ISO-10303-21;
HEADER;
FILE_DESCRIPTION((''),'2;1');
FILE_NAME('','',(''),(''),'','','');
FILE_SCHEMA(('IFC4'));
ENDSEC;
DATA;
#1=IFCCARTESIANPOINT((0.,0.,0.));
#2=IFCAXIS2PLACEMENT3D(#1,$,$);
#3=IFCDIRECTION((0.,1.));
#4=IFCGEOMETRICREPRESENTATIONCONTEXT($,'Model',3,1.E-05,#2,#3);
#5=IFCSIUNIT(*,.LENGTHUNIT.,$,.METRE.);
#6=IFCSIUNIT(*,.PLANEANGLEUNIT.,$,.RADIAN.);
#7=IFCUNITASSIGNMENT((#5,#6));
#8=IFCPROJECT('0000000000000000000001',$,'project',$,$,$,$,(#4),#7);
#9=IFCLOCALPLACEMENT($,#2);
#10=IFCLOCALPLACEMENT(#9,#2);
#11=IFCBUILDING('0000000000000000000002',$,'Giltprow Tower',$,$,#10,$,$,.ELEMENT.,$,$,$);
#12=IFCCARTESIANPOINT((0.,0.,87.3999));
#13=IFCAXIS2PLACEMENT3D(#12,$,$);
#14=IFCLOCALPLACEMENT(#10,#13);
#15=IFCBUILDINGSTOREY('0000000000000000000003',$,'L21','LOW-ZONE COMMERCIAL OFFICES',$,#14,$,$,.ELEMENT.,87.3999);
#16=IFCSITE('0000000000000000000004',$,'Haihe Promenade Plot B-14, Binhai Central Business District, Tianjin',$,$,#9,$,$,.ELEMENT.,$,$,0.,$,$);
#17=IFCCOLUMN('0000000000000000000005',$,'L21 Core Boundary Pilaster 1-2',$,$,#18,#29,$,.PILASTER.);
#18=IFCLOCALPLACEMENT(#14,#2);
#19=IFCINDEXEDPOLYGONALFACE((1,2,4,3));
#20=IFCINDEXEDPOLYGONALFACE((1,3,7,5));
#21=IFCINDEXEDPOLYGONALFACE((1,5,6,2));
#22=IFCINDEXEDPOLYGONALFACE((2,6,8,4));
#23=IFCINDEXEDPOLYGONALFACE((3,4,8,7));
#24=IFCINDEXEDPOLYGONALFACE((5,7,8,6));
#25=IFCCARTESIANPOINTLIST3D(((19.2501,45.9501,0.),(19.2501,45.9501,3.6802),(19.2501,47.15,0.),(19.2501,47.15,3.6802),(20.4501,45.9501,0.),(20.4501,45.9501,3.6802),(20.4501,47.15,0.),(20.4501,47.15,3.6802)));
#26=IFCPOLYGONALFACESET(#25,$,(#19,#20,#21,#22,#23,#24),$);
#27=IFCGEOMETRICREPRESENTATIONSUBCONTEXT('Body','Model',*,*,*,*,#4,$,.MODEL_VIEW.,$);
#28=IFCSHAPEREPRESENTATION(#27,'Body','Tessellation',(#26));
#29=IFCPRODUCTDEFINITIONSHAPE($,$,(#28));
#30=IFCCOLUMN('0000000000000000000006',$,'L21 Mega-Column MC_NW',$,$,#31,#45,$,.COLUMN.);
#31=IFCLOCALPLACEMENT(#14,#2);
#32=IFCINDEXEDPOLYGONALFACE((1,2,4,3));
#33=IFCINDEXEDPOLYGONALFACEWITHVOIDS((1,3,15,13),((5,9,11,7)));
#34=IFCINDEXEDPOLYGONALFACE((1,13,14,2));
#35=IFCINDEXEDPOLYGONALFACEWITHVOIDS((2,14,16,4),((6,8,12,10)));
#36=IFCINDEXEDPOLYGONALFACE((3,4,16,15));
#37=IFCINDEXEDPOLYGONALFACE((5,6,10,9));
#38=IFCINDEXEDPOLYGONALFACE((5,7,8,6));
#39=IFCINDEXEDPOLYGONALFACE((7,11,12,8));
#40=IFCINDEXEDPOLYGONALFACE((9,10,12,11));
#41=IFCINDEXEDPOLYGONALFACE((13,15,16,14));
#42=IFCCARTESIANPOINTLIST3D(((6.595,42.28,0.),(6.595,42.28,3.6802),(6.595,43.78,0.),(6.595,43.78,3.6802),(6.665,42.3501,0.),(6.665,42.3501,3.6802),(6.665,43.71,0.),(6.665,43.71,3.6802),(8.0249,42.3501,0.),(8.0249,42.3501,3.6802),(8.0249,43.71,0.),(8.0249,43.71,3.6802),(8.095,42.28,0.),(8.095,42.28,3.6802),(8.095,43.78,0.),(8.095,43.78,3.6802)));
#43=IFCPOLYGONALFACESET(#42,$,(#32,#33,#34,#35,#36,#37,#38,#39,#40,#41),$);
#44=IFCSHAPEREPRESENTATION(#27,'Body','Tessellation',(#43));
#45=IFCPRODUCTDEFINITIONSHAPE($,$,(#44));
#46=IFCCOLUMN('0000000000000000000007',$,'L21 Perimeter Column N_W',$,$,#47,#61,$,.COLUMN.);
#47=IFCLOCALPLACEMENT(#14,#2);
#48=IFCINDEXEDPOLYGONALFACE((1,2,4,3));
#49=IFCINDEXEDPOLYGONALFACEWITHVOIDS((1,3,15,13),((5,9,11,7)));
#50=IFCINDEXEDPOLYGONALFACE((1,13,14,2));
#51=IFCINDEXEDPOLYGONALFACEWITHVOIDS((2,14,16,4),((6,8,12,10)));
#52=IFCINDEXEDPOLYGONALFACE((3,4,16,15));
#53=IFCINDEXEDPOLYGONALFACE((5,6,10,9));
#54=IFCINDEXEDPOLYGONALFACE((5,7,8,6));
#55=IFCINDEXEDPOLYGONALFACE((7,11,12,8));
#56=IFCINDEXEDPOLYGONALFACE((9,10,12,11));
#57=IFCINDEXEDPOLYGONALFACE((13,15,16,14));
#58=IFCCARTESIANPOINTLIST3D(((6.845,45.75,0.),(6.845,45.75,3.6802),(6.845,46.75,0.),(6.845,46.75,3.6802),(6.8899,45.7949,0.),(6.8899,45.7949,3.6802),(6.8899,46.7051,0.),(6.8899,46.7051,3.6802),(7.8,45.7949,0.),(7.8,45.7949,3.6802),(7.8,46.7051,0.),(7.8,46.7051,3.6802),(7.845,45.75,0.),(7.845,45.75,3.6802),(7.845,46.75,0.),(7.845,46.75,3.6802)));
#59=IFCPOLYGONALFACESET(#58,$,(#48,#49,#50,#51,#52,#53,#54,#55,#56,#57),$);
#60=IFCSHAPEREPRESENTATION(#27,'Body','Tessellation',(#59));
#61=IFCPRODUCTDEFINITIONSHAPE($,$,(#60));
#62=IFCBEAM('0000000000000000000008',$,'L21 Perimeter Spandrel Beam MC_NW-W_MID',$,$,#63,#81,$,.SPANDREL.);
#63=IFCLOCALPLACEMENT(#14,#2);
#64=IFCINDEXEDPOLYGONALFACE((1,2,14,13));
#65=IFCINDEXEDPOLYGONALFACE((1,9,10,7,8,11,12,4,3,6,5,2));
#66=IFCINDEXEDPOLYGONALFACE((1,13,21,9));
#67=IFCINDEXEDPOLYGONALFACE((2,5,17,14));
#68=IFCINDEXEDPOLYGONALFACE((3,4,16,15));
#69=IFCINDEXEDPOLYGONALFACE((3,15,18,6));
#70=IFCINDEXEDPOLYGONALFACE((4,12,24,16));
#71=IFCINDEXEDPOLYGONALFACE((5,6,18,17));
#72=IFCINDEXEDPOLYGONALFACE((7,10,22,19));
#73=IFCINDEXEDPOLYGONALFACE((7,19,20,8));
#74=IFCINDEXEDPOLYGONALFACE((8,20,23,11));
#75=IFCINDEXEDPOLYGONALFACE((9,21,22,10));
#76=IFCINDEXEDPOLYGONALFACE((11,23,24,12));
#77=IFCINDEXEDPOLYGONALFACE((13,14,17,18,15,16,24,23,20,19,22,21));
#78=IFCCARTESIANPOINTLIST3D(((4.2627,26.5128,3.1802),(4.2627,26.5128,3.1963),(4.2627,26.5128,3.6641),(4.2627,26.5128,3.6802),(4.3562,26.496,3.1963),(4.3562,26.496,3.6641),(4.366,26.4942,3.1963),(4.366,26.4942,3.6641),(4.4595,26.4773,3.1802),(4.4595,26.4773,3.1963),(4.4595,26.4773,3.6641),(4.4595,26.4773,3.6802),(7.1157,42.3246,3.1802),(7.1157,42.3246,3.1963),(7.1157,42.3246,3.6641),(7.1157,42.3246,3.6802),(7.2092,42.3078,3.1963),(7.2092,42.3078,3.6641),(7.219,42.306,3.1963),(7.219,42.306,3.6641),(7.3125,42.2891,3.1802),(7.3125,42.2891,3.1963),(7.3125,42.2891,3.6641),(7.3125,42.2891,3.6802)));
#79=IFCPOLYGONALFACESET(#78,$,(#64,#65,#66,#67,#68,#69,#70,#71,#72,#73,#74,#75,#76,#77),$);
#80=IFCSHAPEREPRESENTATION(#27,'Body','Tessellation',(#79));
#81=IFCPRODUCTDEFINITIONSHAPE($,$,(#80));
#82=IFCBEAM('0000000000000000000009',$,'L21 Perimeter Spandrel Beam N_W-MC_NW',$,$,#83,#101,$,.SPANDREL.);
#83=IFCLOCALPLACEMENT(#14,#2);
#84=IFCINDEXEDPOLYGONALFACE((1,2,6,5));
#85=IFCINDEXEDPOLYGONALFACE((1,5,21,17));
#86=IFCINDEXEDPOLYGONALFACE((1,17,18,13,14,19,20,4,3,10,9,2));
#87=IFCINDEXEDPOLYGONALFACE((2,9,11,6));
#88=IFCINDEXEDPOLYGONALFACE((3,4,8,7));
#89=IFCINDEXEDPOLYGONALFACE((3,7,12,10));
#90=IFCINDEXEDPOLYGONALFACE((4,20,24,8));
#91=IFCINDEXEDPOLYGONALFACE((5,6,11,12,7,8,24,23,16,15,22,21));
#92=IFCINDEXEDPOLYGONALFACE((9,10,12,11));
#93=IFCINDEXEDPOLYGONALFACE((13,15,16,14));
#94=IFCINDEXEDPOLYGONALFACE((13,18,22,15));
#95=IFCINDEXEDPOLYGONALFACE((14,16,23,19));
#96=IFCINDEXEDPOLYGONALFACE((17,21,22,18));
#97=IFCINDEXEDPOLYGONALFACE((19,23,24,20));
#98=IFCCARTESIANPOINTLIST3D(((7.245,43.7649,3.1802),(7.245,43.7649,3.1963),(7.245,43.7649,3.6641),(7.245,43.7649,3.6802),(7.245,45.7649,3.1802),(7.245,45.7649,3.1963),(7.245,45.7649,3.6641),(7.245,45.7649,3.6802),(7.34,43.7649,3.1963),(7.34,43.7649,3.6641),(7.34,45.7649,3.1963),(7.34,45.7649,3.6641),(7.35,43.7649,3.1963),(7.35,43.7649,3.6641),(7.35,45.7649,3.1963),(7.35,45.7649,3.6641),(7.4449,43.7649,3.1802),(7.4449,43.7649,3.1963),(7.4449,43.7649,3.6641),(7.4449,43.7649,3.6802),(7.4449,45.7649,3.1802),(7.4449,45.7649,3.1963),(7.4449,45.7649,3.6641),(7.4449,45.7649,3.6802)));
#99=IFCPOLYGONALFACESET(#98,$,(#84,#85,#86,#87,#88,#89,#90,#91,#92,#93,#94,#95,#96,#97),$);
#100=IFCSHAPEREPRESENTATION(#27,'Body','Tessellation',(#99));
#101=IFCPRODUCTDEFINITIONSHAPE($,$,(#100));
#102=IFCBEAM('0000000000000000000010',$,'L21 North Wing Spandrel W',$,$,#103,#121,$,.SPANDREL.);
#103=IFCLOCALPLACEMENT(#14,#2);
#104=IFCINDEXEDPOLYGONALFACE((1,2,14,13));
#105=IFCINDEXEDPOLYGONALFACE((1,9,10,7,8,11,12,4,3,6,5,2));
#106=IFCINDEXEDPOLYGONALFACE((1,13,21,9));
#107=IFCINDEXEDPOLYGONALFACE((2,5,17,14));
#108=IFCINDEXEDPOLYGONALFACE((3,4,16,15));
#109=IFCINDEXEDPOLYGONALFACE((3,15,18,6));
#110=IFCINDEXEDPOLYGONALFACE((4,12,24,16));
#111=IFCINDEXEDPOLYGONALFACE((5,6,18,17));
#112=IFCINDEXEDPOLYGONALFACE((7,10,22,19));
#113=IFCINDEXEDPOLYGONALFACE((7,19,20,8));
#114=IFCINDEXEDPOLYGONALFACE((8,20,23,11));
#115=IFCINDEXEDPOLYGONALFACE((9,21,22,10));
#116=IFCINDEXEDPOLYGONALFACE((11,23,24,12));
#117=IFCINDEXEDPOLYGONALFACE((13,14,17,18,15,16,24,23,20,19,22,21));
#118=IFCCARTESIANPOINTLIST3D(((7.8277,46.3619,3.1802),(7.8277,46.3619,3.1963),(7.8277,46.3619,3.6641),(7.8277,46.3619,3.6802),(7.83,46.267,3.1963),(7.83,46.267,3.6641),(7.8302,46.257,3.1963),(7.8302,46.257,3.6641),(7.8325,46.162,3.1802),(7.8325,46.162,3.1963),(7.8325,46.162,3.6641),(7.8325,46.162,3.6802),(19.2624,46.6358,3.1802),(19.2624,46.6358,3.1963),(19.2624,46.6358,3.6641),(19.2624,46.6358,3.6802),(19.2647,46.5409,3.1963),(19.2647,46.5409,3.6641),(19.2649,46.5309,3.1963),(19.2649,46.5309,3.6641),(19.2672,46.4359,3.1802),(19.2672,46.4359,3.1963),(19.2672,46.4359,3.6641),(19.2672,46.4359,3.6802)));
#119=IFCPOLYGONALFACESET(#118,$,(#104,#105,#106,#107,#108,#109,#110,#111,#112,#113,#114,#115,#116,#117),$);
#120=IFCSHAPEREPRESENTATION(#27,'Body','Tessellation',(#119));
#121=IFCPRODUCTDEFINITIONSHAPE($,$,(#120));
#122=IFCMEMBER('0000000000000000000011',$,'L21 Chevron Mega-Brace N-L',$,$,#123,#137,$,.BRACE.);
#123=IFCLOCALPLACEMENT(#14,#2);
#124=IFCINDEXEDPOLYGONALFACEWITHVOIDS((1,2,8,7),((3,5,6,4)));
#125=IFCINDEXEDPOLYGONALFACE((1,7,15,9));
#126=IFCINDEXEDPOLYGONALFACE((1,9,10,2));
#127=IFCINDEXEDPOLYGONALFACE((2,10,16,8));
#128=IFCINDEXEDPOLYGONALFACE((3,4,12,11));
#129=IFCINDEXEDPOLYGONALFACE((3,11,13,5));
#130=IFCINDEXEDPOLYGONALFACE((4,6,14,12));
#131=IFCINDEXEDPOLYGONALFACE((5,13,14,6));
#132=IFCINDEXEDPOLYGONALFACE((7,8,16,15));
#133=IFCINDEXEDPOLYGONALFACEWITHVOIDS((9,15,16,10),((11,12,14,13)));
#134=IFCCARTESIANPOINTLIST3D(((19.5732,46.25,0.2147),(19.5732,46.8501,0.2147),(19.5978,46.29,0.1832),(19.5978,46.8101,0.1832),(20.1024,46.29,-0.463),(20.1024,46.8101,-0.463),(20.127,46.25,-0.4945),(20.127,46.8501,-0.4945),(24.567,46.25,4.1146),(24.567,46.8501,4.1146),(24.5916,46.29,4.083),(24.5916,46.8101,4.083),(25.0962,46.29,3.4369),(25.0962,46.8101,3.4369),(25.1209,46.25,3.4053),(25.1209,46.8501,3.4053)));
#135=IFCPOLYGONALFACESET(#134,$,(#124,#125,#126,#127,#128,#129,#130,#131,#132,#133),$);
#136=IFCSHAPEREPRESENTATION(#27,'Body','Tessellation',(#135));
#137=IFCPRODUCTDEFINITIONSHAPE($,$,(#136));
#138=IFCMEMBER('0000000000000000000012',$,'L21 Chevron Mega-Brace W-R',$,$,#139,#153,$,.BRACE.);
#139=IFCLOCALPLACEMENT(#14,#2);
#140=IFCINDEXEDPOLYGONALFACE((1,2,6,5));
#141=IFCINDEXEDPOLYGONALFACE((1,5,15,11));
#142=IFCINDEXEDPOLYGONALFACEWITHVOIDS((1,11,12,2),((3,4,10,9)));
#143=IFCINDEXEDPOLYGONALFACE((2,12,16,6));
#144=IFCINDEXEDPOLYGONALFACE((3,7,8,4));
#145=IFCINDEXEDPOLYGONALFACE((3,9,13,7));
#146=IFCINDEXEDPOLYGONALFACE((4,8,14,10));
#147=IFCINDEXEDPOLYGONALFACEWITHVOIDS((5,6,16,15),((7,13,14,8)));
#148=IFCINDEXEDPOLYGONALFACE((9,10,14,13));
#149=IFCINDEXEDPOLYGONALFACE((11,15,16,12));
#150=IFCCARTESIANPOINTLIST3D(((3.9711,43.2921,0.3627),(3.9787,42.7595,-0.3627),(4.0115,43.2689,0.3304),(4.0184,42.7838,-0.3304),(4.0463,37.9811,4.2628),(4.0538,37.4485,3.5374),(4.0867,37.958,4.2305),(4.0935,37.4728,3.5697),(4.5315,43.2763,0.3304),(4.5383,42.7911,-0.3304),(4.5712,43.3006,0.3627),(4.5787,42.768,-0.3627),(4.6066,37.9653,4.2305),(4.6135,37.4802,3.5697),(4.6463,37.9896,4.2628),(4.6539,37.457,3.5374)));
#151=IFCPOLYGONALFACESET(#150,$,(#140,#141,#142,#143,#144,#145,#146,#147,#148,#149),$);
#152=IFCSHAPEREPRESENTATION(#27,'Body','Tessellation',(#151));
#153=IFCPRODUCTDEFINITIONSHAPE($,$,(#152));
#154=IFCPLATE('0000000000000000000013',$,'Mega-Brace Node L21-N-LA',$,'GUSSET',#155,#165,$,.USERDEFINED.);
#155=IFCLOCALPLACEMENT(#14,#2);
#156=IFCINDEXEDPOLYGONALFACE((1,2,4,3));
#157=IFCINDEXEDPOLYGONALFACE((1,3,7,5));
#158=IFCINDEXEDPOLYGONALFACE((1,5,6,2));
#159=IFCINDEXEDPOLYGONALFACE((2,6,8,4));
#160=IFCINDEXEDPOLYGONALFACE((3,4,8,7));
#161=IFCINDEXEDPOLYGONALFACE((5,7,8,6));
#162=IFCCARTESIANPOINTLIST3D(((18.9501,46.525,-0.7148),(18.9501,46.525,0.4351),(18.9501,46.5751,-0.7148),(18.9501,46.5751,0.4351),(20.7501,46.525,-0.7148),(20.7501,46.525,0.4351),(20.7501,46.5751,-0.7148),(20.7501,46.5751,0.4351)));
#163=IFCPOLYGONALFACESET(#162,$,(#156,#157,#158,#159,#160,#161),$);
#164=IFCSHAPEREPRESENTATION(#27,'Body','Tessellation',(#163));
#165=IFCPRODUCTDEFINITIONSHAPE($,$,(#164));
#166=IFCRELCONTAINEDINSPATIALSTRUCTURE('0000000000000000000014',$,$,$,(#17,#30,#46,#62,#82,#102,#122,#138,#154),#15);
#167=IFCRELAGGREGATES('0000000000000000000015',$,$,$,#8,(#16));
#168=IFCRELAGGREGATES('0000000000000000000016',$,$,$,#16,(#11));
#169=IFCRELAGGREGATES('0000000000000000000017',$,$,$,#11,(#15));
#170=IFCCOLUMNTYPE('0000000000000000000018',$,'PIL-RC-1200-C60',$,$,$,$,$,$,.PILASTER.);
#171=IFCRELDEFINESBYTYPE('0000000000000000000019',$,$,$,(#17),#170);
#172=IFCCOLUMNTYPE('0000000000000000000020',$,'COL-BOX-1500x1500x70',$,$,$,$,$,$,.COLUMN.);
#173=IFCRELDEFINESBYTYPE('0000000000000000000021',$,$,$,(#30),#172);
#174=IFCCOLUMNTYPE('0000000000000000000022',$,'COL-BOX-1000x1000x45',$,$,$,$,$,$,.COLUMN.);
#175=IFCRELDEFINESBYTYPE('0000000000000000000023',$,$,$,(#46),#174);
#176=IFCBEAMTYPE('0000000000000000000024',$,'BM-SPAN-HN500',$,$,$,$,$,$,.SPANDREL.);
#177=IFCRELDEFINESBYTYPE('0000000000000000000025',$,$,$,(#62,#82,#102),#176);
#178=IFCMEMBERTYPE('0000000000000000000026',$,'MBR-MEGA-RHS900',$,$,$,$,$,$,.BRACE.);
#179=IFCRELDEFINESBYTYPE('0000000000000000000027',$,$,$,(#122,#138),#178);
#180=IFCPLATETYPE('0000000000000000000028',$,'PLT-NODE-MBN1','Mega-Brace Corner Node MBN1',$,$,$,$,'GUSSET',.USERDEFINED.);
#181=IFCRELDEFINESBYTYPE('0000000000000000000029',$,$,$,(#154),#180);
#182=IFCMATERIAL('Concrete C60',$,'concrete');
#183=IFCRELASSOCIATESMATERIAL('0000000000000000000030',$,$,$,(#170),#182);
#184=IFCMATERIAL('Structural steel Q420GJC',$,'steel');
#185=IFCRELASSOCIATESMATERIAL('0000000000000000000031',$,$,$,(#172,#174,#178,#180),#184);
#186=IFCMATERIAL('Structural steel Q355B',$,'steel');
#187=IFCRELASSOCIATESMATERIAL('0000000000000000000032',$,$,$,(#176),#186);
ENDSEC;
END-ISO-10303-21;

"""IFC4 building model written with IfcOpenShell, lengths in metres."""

from ifc_helpers import new_model, si_unit, direction, frame, origin, origin_2d, place, context, subcontext, project, spatial, rectangle, hollow_rectangle, i_section, extrude, source, transform, mapped, material, material_profile, profile_set, type_object, element, save


model = new_model("IFC4")

# Units and contexts
model_context = context("Model", 3, precision=1e-05, world=origin(), true_north=direction((0.0, 1.0)))
body_context = subcontext(model_context, "Body", "Model", "MODEL_VIEW")
ifc_project = project(units=[si_unit("LENGTHUNIT", "METRE"), si_unit("PLANEANGLEUNIT", "RADIAN")], contexts=[model_context])

# Site, building, storey
site_placement = place(None, origin())
site = spatial("IfcSite", under=ifc_project, at=site_placement, Name="Haihe Promenade Plot B-14, Binhai Central Business District, Tianjin", CompositionType="ELEMENT", RefElevation=0.0)
building_placement = place(site_placement, origin())
building = spatial("IfcBuilding", under=site, at=building_placement, Name="Giltprow Tower", CompositionType="ELEMENT")
storey_placement = place(building_placement, frame((0.0, 0.0, 87.3999)))
storey = spatial("IfcBuildingStorey", under=building, at=storey_placement, Name="L21", Description="LOW-ZONE COMMERCIAL OFFICES", CompositionType="ELEMENT", Elevation=87.3999)

# Columns
ifc_material_1 = material(Name="Concrete C60", Category="concrete")
ifc_material_profile_1 = material_profile(ifc_material_1, rectangle(XDim=1.2, YDim=1.2, at=origin_2d()), Name="RC 1200x1200")
ifc_profile_set_1 = profile_set([ifc_material_profile_1], Name="Concrete C60")
column_type_1 = type_object("IfcColumnType", Name="PIL-RC-1200-C60", PredefinedType="PILASTER", material=ifc_profile_set_1)
shared_shape_1 = source(origin(), body_context, "Body", "SweptSolid", [
    extrude(rectangle(XDim=1.2, YDim=1.2, at=origin_2d()), origin(), (0.0, 0.0, 1.0), 3.6802),
])
column_1_placement = place(storey_placement, frame((19.8501, 46.55, 0.0), z_axis=(0.0, 0.0, 1.0), x_axis=(1.0, 0.0, 0.0)))
element("IfcColumn", 1, at=column_1_placement, inside=storey, type_object=column_type_1, Name="L21 Core Boundary Pilaster 1-2", PredefinedType="PILASTER", context=body_context, shape_type="MappedRepresentation", body=[
    mapped(shared_shape_1, transform((0.0, 0.0, 0.0), x_axis=(1.0, 0.0, 0.0), y_axis=(0.0, 1.0, 0.0), z_axis=(0.0, 0.0, 1.0), scale=1.0)),
])
ifc_material_2 = material(Name="Structural steel Q420GJC", Category="steel")
ifc_material_profile_2 = material_profile(ifc_material_2, hollow_rectangle(XDim=1.5, YDim=1.5, WallThickness=0.0701, at=origin_2d()), Name="BOX 1500x1500x70")
ifc_profile_set_2 = profile_set([ifc_material_profile_2], Name="Structural steel Q420GJC")
column_type_2 = type_object("IfcColumnType", Name="COL-BOX-1500x1500x70", PredefinedType="COLUMN", material=ifc_profile_set_2)
shared_shape_2 = source(origin(), body_context, "Body", "SweptSolid", [
    extrude(hollow_rectangle(XDim=1.5, YDim=1.5, WallThickness=0.0701, at=origin_2d()), origin(), (0.0, 0.0, 1.0), 3.6802),
])
column_2_placement = place(storey_placement, frame((7.345, 43.03, 0.0), z_axis=(0.0, 0.0, 1.0), x_axis=(1.0, 0.0, 0.0)))
element("IfcColumn", 2, at=column_2_placement, inside=storey, type_object=column_type_2, Name="L21 Mega-Column MC_NW", PredefinedType="COLUMN", context=body_context, shape_type="MappedRepresentation", body=[
    mapped(shared_shape_2, transform((0.0, 0.0, 0.0), x_axis=(1.0, 0.0, 0.0), y_axis=(0.0, 1.0, 0.0), z_axis=(0.0, 0.0, 1.0), scale=1.0)),
])
ifc_material_profile_3 = material_profile(ifc_material_2, hollow_rectangle(XDim=1.0, YDim=1.0, WallThickness=0.0449, at=origin_2d()), Name="BOX 1000x1000x45")
ifc_profile_set_3 = profile_set([ifc_material_profile_3], Name="Structural steel Q420GJC")
column_type_3 = type_object("IfcColumnType", Name="COL-BOX-1000x1000x45", PredefinedType="COLUMN", material=ifc_profile_set_3)
shared_shape_3 = source(origin(), body_context, "Body", "SweptSolid", [
    extrude(hollow_rectangle(XDim=1.0, YDim=1.0, WallThickness=0.0449, at=origin_2d()), origin(), (0.0, 0.0, 1.0), 3.6802),
])
column_3_placement = place(storey_placement, frame((7.345, 46.25, 0.0), z_axis=(0.0, 0.0, 1.0), x_axis=(1.0, 0.0, 0.0)))
element("IfcColumn", 3, at=column_3_placement, inside=storey, type_object=column_type_3, Name="L21 Perimeter Column N_W", PredefinedType="COLUMN", context=body_context, shape_type="MappedRepresentation", body=[
    mapped(shared_shape_3, transform((0.0, 0.0, 0.0), x_axis=(1.0, 0.0, 0.0), y_axis=(0.0, 1.0, 0.0), z_axis=(0.0, 0.0, 1.0), scale=1.0)),
])

# Beams
ifc_material_3 = material(Name="Structural steel Q355B", Category="steel")
ifc_material_profile_4 = material_profile(ifc_material_3, i_section(OverallWidth=0.2, OverallDepth=0.5, WebThickness=0.01, FlangeThickness=0.0161, at=origin_2d()), Name="HN 500x200x10x16")
ifc_profile_set_4 = profile_set([ifc_material_profile_4], Name="Structural steel Q355B")
beam_type = type_object("IfcBeamType", Name="BM-SPAN-HN500", PredefinedType="SPANDREL", material=ifc_profile_set_4)
shared_shape_4 = source(origin(), body_context, "Body", "SweptSolid", [
    extrude(i_section(OverallWidth=0.2, OverallDepth=0.5, WebThickness=0.01, FlangeThickness=0.0161, at=origin_2d()), origin(), (0.0, 0.0, 1.0), 16.0671),
])
beam_1_placement = place(storey_placement, frame((7.2141, 42.3069, 3.4302), z_axis=(-0.17757, -0.984108, 0.0), x_axis=(0.984108, -0.17757, 0.0)))
element("IfcBeam", 4, at=beam_1_placement, inside=storey, type_object=beam_type, Name="L21 Perimeter Spandrel Beam MC_NW-W_MID", PredefinedType="SPANDREL", context=body_context, shape_type="MappedRepresentation", body=[
    mapped(shared_shape_4, transform((0.0, 0.0, 0.0), x_axis=(1.0, 0.0, 0.0), y_axis=(0.0, 1.0, 0.0), z_axis=(0.0, 0.0, 1.0), scale=1.0)),
])
shared_shape_5 = source(origin(), body_context, "Body", "SweptSolid", [
    extrude(i_section(OverallWidth=0.2, OverallDepth=0.5, WebThickness=0.01, FlangeThickness=0.0161, at=origin_2d()), origin(), (0.0, 0.0, 1.0), 2.0),
])
beam_2_placement = place(storey_placement, frame((7.345, 45.7649, 3.4302), z_axis=(0.0, -1.0, 0.0), x_axis=(1.0, 0.0, 0.0)))
element("IfcBeam", 5, at=beam_2_placement, inside=storey, type_object=beam_type, Name="L21 Perimeter Spandrel Beam N_W-MC_NW", PredefinedType="SPANDREL", context=body_context, shape_type="MappedRepresentation", body=[
    mapped(shared_shape_5, transform((0.0, 0.0, 0.0), x_axis=(1.0, 0.0, 0.0), y_axis=(0.0, 1.0, 0.0), z_axis=(0.0, 0.0, 1.0), scale=1.0)),
])
shared_shape_6 = source(origin(), body_context, "Body", "SweptSolid", [
    extrude(i_section(OverallWidth=0.2, OverallDepth=0.5, WebThickness=0.01, FlangeThickness=0.0161, at=origin_2d()), origin(), (0.0, 0.0, 1.0), 11.438),
])
beam_3_placement = place(storey_placement, frame((7.8301, 46.262, 3.4302), z_axis=(0.999713, 0.023949, 0.0), x_axis=(-0.023949, 0.999713, 0.0)))
element("IfcBeam", 6, at=beam_3_placement, inside=storey, type_object=beam_type, Name="L21 North Wing Spandrel W", PredefinedType="SPANDREL", context=body_context, shape_type="MappedRepresentation", body=[
    mapped(shared_shape_6, transform((0.0, 0.0, 0.0), x_axis=(1.0, 0.0, 0.0), y_axis=(0.0, 1.0, 0.0), z_axis=(0.0, 0.0, 1.0), scale=1.0)),
])

# Members
ifc_material_profile_5 = material_profile(ifc_material_2, hollow_rectangle(XDim=0.6001, YDim=0.8999, WallThickness=0.04, at=origin_2d()), Name="RHS 900x600x40")
ifc_profile_set_5 = profile_set([ifc_material_profile_5], Name="Structural steel Q420GJC")
member_type = type_object("IfcMemberType", Name="MBR-MEGA-RHS900", PredefinedType="BRACE", material=ifc_profile_set_5)
shared_shape_7 = source(origin(), body_context, "Body", "SweptSolid", [
    extrude(hollow_rectangle(XDim=0.6001, YDim=0.8999, WallThickness=0.04, at=origin_2d()), origin(), (0.0, 0.0, 1.0), 6.3362),
])
member_1_placement = place(storey_placement, frame((19.8501, 46.55, -0.1399), z_axis=(0.788145, 0.0, 0.615489), x_axis=(0.0, 1.0, 0.0)))
element("IfcMember", 7, at=member_1_placement, inside=storey, type_object=member_type, Name="L21 Chevron Mega-Brace N-L", PredefinedType="BRACE", context=body_context, shape_type="MappedRepresentation", body=[
    mapped(shared_shape_7, transform((0.0, 0.0, 0.0), x_axis=(1.0, 0.0, 0.0), y_axis=(0.0, 1.0, 0.0), z_axis=(0.0, 0.0, 1.0), scale=1.0)),
])
shared_shape_8 = source(origin(), body_context, "Body", "SweptSolid", [
    extrude(hollow_rectangle(XDim=0.6001, YDim=0.8999, WallThickness=0.04, at=origin_2d()), origin(), (0.0, 0.0, 1.0), 6.5896),
])
member_2_placement = place(storey_placement, frame((4.2749, 43.03, 0.0), z_axis=(0.011411, -0.805962, 0.591857), x_axis=(0.9999, 0.014157, 0.0)))
element("IfcMember", 8, at=member_2_placement, inside=storey, type_object=member_type, Name="L21 Chevron Mega-Brace W-R", PredefinedType="BRACE", context=body_context, shape_type="MappedRepresentation", body=[
    mapped(shared_shape_8, transform((0.0, 0.0, 0.0), x_axis=(1.0, 0.0, 0.0), y_axis=(0.0, 1.0, 0.0), z_axis=(0.0, 0.0, 1.0), scale=1.0)),
])

# Plate
plate_type = type_object("IfcPlateType", Name="PLT-NODE-MBN1", Description="Mega-Brace Corner Node MBN1", ElementType="GUSSET", PredefinedType="USERDEFINED", material=ifc_material_2)
shared_shape_9 = source(origin(), body_context, "Body", "SweptSolid", [
    extrude(rectangle(XDim=1.8, YDim=0.05, at=origin_2d()), origin(), (0.0, 0.0, 1.0), 1.1499),
])
for number, where, z_axis, x_axis, name in (
    (9, (19.8501, 46.55, -0.7148), (0.0, 0.0, 1.0), (1.0, 0.0, 0.0), "Mega-Brace Node L21-N-LA"),
):
    element("IfcPlate", number, at=place(storey_placement, frame(where, z_axis=z_axis, x_axis=x_axis)), inside=storey, type_object=plate_type, Name=name, ObjectType="GUSSET", PredefinedType="USERDEFINED", context=body_context, shape_type="MappedRepresentation", body=[
        mapped(shared_shape_9, transform((0.0, 0.0, 0.0), x_axis=(1.0, 0.0, 0.0), y_axis=(0.0, 1.0, 0.0), z_axis=(0.0, 0.0, 1.0), scale=1.0)),
    ])

save(model, "model.ifc")
